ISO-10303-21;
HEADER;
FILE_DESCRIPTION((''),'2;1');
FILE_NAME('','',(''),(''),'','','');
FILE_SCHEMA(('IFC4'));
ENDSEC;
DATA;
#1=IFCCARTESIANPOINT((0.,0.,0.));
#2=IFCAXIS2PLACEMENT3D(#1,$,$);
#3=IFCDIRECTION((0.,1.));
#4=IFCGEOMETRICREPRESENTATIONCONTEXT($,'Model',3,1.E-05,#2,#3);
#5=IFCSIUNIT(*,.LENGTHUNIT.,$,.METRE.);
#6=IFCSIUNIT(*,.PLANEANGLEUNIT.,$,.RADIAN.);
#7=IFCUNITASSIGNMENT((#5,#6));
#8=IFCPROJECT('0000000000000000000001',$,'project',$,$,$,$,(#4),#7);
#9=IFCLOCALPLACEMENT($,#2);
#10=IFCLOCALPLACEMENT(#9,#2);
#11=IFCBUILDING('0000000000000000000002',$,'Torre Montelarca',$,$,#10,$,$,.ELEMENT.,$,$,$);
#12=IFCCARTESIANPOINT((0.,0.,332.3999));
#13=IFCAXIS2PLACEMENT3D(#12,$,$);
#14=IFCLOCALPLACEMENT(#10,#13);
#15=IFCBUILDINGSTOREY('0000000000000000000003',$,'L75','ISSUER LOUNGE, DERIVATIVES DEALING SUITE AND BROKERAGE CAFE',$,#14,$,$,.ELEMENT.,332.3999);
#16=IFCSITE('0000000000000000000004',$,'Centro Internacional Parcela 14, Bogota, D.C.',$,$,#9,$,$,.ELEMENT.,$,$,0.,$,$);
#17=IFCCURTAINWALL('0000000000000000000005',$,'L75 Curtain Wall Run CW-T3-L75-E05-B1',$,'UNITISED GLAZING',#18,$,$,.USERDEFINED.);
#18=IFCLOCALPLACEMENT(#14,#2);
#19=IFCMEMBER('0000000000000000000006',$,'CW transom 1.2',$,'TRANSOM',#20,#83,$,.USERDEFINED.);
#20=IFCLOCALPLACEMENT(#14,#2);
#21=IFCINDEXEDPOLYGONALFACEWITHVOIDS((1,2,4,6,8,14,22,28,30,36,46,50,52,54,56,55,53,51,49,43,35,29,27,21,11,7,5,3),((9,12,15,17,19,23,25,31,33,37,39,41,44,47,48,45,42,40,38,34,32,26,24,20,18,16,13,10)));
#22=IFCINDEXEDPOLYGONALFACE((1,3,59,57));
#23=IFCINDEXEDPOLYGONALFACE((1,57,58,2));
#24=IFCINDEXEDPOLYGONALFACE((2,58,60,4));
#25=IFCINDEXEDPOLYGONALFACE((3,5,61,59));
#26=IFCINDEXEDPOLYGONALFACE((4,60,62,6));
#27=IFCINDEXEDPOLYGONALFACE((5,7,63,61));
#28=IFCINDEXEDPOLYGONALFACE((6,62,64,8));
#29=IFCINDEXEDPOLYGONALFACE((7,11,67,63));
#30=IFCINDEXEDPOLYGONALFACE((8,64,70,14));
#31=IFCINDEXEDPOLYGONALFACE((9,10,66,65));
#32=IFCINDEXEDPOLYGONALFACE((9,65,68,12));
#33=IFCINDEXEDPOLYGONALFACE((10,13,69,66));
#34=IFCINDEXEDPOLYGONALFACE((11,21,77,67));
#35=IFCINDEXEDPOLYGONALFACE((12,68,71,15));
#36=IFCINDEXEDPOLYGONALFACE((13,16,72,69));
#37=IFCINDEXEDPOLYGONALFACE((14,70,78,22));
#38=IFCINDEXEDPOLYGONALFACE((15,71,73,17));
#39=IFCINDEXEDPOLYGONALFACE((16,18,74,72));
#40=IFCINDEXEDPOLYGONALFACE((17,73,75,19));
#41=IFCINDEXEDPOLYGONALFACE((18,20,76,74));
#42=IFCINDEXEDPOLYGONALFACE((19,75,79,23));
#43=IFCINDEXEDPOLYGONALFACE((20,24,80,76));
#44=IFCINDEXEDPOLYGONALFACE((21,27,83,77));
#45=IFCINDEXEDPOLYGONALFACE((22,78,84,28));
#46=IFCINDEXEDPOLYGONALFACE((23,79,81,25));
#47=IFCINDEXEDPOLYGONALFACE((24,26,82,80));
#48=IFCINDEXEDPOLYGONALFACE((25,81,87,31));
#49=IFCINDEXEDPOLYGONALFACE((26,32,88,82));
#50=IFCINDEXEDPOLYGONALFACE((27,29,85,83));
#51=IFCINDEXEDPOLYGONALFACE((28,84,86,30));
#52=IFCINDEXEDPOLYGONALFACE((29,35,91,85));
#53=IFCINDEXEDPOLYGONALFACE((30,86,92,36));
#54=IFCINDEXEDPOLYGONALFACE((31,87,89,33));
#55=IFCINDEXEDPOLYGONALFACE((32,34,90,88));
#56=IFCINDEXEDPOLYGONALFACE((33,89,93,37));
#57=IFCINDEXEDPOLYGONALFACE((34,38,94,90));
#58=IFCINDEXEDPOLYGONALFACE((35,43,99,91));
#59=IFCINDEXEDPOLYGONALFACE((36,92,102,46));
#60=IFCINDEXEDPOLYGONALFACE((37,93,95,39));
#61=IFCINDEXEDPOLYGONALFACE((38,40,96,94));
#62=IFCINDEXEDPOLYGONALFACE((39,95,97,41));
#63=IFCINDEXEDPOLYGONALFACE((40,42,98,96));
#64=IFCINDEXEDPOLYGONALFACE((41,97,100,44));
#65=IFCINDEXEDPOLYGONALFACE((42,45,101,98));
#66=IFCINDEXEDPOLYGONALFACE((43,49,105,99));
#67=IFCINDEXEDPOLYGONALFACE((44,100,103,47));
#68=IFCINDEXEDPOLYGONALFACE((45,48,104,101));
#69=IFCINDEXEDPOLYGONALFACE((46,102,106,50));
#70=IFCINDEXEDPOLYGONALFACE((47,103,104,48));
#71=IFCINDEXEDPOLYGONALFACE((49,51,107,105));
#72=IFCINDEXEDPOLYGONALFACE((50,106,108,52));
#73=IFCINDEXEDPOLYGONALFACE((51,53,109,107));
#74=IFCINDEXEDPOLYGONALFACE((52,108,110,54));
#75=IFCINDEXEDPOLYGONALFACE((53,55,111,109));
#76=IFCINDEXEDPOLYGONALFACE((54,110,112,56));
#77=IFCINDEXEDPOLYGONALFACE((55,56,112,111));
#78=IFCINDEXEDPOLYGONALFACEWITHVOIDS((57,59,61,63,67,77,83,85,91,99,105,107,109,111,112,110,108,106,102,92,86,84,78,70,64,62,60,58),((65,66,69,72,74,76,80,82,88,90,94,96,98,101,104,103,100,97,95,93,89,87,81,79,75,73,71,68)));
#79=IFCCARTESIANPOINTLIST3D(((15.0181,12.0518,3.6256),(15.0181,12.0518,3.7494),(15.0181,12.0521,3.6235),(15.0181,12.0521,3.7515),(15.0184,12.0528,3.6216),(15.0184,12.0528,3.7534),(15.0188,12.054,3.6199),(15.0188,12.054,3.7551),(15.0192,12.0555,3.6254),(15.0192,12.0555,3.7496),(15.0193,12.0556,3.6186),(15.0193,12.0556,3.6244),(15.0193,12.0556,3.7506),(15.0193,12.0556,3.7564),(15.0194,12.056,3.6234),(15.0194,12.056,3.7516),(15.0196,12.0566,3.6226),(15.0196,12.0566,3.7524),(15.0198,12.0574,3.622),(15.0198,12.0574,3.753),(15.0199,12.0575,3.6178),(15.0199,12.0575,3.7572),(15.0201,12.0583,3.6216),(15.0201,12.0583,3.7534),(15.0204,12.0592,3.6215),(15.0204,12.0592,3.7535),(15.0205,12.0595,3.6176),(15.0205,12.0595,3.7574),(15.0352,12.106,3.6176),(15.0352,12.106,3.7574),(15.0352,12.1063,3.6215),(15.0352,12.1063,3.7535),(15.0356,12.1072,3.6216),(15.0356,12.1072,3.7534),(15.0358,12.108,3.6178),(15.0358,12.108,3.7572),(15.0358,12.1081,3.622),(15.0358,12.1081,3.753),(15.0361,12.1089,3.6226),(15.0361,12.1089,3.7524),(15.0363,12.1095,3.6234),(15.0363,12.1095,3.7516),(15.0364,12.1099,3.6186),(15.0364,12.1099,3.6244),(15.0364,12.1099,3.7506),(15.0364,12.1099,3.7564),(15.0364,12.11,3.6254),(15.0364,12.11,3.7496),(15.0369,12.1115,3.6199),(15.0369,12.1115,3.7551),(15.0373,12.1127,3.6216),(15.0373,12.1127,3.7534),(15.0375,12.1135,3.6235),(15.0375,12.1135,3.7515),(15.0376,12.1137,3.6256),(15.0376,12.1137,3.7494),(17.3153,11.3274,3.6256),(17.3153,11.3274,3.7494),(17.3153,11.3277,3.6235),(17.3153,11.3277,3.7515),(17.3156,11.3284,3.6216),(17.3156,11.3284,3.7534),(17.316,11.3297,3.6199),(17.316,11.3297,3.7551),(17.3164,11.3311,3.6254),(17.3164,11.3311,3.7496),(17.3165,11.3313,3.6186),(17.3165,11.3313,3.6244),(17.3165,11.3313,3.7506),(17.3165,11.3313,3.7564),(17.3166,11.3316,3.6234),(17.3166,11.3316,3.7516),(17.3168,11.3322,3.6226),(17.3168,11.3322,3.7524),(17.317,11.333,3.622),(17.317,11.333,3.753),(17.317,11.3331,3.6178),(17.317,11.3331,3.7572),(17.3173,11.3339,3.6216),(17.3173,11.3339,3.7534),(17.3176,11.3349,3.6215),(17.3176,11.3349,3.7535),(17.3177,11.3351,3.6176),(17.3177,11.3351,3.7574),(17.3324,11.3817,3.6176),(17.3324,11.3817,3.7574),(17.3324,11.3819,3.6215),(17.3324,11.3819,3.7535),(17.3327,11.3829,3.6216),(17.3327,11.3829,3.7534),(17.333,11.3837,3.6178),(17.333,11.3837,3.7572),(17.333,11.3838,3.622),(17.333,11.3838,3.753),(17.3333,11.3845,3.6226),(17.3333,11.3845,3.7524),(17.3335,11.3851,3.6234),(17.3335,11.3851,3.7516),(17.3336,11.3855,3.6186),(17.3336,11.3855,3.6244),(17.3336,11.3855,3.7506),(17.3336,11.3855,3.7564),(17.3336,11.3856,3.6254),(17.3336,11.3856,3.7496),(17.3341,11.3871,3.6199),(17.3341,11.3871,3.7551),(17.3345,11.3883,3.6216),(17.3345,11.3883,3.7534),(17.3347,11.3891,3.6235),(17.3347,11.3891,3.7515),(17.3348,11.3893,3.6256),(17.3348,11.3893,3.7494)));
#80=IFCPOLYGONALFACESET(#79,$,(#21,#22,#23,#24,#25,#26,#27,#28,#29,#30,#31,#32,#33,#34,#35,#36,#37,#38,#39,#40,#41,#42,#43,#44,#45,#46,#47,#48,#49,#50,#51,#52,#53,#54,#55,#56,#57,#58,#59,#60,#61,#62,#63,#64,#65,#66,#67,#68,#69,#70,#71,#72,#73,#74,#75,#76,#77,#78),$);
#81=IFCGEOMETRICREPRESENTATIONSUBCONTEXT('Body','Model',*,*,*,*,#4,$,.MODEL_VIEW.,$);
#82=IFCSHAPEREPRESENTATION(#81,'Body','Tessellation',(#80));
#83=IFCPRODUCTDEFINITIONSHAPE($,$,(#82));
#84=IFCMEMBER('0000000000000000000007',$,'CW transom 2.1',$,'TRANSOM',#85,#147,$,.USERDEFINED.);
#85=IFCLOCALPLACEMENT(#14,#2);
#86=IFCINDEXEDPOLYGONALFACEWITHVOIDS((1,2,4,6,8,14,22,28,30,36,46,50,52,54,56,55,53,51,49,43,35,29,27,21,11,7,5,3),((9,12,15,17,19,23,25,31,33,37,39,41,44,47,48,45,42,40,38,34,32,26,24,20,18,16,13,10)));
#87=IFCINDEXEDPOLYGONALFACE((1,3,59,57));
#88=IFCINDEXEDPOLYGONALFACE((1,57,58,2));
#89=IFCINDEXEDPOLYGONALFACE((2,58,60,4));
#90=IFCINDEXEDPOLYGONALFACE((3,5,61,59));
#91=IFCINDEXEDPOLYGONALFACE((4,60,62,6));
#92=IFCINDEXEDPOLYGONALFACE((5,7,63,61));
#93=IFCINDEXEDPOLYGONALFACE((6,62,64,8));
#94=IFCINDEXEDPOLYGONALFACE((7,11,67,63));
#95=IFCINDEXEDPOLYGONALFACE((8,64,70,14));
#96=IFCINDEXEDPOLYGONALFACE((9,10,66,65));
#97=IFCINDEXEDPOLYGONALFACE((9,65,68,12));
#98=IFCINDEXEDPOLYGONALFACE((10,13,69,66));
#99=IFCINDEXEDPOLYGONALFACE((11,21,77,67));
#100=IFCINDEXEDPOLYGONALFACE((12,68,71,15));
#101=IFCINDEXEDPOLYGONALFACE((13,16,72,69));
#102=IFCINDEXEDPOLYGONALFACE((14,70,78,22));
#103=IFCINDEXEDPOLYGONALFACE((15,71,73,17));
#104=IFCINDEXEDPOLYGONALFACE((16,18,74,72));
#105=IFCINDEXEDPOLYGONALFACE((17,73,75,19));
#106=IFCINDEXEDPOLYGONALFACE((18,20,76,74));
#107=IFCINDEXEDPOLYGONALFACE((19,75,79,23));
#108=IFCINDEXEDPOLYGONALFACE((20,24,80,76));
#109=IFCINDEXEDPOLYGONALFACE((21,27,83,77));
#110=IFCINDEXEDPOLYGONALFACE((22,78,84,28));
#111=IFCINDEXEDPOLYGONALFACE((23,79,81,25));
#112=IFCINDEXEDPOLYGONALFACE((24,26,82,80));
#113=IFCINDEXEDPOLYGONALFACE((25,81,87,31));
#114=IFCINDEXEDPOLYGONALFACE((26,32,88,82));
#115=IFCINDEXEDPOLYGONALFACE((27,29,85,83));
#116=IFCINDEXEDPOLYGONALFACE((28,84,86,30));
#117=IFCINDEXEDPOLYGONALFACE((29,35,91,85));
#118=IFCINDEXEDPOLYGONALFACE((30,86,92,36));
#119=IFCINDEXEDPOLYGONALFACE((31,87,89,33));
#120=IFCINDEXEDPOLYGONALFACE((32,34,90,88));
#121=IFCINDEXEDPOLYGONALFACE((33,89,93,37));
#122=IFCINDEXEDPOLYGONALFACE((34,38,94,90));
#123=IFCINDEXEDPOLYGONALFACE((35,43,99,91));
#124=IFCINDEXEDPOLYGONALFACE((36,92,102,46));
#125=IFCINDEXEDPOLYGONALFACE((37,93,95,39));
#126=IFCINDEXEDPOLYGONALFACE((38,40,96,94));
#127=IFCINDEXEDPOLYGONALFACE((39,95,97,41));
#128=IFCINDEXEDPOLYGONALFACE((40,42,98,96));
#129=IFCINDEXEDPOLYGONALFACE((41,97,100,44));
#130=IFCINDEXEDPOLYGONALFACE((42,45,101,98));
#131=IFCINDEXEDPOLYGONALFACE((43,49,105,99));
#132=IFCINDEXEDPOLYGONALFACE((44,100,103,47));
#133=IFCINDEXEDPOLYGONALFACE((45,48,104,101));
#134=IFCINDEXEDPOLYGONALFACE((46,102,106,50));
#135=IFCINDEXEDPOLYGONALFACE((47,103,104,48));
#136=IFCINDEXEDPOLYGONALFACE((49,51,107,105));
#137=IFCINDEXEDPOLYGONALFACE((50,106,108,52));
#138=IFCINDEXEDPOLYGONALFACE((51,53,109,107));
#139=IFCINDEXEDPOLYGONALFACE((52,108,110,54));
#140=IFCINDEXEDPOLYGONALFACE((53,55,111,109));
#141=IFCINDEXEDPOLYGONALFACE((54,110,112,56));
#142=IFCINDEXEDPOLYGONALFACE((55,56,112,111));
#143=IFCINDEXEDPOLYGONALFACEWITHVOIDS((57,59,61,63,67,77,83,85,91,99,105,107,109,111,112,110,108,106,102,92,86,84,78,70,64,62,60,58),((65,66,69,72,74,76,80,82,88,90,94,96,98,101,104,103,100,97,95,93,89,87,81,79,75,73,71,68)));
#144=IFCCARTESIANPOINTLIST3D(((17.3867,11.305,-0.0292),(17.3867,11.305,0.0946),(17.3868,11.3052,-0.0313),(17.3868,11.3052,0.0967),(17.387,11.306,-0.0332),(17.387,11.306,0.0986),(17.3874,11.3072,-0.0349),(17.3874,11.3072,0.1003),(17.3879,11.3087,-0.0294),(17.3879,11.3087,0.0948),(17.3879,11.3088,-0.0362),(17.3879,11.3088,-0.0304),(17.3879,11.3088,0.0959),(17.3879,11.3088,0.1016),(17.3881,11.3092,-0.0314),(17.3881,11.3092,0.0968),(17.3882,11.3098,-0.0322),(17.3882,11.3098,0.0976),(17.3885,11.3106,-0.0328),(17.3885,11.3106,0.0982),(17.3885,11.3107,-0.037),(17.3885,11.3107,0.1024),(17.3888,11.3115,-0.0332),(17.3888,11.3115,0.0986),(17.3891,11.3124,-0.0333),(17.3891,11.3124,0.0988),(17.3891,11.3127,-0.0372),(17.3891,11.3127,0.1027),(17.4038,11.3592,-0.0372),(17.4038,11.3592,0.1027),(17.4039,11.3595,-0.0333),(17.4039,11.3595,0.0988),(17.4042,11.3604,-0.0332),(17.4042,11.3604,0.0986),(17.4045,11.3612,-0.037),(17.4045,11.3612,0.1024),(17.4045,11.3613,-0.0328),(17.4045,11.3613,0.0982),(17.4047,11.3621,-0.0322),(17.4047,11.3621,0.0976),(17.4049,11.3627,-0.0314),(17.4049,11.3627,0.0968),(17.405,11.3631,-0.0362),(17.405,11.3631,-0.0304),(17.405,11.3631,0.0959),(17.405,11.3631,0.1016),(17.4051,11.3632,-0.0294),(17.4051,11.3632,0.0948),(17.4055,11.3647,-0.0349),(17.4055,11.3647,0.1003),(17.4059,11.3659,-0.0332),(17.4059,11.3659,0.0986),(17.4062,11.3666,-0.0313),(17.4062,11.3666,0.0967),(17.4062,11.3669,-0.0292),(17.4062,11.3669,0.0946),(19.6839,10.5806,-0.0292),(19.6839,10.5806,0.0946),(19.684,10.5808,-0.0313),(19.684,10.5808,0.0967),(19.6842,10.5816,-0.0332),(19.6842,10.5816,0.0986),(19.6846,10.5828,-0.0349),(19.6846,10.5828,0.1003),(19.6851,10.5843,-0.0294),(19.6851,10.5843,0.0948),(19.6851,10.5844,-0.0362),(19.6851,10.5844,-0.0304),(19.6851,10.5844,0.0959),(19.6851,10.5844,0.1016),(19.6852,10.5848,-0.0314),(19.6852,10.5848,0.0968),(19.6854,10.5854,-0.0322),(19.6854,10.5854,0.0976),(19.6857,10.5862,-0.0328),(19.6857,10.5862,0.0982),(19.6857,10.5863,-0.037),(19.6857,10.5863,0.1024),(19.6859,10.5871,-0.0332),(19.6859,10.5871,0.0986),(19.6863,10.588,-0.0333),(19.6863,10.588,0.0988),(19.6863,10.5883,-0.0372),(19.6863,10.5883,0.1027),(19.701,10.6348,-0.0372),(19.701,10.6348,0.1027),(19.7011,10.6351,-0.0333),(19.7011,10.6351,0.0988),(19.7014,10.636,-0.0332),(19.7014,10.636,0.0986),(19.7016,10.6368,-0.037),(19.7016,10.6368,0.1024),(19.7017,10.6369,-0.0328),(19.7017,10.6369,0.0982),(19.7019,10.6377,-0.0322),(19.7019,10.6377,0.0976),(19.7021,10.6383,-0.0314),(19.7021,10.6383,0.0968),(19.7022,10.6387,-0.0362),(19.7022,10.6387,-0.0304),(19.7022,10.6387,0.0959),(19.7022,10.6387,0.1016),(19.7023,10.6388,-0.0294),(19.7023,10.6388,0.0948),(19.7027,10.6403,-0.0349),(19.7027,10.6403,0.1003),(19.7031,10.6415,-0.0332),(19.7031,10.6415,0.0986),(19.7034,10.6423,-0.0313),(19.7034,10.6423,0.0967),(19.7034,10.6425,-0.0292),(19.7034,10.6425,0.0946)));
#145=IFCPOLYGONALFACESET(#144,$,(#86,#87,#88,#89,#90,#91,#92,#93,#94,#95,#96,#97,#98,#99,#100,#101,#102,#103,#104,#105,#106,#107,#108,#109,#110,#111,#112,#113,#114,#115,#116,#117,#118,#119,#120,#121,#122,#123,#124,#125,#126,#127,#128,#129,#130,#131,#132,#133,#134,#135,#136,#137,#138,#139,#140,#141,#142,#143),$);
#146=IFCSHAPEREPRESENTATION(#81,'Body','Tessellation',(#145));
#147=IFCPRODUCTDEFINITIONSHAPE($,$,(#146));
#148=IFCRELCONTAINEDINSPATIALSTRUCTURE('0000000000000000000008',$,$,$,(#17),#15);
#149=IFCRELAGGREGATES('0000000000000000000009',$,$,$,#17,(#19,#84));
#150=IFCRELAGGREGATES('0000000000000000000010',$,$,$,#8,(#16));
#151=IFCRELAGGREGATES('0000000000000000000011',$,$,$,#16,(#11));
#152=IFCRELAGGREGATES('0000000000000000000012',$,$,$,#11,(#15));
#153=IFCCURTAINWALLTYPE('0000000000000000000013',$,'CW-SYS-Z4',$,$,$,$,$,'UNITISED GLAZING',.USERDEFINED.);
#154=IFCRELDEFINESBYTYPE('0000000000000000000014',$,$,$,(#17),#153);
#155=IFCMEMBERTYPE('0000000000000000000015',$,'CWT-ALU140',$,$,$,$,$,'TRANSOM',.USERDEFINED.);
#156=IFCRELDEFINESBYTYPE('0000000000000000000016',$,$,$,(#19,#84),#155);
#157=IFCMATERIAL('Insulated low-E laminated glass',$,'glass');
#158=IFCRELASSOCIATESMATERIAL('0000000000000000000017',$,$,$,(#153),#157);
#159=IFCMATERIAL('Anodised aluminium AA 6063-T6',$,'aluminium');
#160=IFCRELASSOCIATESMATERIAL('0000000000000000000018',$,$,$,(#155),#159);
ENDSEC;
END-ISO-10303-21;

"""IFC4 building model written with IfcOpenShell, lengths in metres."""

from ifc_helpers import new_model, si_unit, direction, frame, origin, origin_2d, place, context, subcontext, project, spatial, hollow_rectangle, extrude, source, transform, mapped, material, material_profile, profile_set, type_object, element, aggregate, save


model = new_model("IFC4")

# Units and contexts
model_context = context("Model", 3, precision=1e-05, world=origin(), true_north=direction((0.0, 1.0)))
body_context = subcontext(model_context, "Body", "Model", "MODEL_VIEW")
ifc_project = project(units=[si_unit("LENGTHUNIT", "METRE"), si_unit("PLANEANGLEUNIT", "RADIAN")], contexts=[model_context])

# Site, building, storey
site_placement = place(None, origin())
site = spatial("IfcSite", under=ifc_project, at=site_placement, Name="Centro Internacional Parcela 14, Bogota, D.C.", CompositionType="ELEMENT", RefElevation=0.0)
building_placement = place(site_placement, origin())
building = spatial("IfcBuilding", under=site, at=building_placement, Name="Torre Montelarca", CompositionType="ELEMENT")
storey_placement = place(building_placement, frame((0.0, 0.0, 332.3999)))
storey = spatial("IfcBuildingStorey", under=building, at=storey_placement, Name="L75", Description="ISSUER LOUNGE, DERIVATIVES DEALING SUITE AND BROKERAGE CAFE", CompositionType="ELEMENT", Elevation=332.3999)

# Curtain wall, members
ifc_material_1 = material(Name="Insulated low-E laminated glass", Category="glass")
curtain_wall_type = type_object("IfcCurtainWallType", Name="CW-SYS-Z4", ElementType="UNITISED GLAZING", PredefinedType="USERDEFINED", material=ifc_material_1)
ifc_material_2 = material(Name="Anodised aluminium AA 6063-T6", Category="aluminium")
ifc_material_profile_1 = material_profile(ifc_material_2, hollow_rectangle(XDim=0.0649, YDim=0.1399, WallThickness=0.0039, InnerFilletRadius=0.0039, OuterFilletRadius=0.0081, at=origin_2d()), Name="ALU65X140X4", Category="aluminium")
ifc_profile_set_1 = profile_set([ifc_material_profile_1], Name="Anodised aluminium AA 6063-T6")
member_type_1 = type_object("IfcMemberType", Name="CWT-ALU140", ElementType="TRANSOM", PredefinedType="USERDEFINED", material=ifc_profile_set_1)
curtain_wall_1_placement = place(storey_placement, origin())
curtain_wall_1 = element("IfcCurtainWall", 1, at=curtain_wall_1_placement, inside=storey, type_object=curtain_wall_type, Name="L75 Curtain Wall Run CW-T3-L75-E05-B1", ObjectType="UNITISED GLAZING", PredefinedType="USERDEFINED")
shared_shape_1 = source(origin(), body_context, "Body", "SweptSolid", [
    extrude(hollow_rectangle(XDim=0.0649, YDim=0.1399, WallThickness=0.0039, InnerFilletRadius=0.0039, OuterFilletRadius=0.0081, at=origin_2d()), origin(), (0.0, 0.0, 1.0), 2.4087),
])
member_1_placement = place(storey_placement, frame((15.0278, 12.0828, 3.6875), z_axis=(0.953707, -0.300738, 0.0), x_axis=(0.300738, 0.953707, 0.0)))
member_1 = element("IfcMember", 2, at=member_1_placement, type_object=member_type_1, Name="CW transom 1.2", ObjectType="TRANSOM", PredefinedType="USERDEFINED", context=body_context, shape_type="MappedRepresentation", body=[
    mapped(shared_shape_1, transform((0.0, 0.0, 0.0), scale=1.0)),
])
member_2_placement = place(storey_placement, frame((17.3965, 11.3359, 0.0327), z_axis=(0.953707, -0.300738, 0.0), x_axis=(0.300738, 0.953707, 0.0)))
member_2 = element("IfcMember", 3, at=member_2_placement, type_object=member_type_1, Name="CW transom 2.1", ObjectType="TRANSOM", PredefinedType="USERDEFINED", context=body_context, shape_type="MappedRepresentation", body=[
    mapped(shared_shape_1, transform((0.0, 0.0, 0.0), scale=1.0)),
])

aggregate(curtain_wall_1, [member_1, member_2])

save(model, "model.ifc")
